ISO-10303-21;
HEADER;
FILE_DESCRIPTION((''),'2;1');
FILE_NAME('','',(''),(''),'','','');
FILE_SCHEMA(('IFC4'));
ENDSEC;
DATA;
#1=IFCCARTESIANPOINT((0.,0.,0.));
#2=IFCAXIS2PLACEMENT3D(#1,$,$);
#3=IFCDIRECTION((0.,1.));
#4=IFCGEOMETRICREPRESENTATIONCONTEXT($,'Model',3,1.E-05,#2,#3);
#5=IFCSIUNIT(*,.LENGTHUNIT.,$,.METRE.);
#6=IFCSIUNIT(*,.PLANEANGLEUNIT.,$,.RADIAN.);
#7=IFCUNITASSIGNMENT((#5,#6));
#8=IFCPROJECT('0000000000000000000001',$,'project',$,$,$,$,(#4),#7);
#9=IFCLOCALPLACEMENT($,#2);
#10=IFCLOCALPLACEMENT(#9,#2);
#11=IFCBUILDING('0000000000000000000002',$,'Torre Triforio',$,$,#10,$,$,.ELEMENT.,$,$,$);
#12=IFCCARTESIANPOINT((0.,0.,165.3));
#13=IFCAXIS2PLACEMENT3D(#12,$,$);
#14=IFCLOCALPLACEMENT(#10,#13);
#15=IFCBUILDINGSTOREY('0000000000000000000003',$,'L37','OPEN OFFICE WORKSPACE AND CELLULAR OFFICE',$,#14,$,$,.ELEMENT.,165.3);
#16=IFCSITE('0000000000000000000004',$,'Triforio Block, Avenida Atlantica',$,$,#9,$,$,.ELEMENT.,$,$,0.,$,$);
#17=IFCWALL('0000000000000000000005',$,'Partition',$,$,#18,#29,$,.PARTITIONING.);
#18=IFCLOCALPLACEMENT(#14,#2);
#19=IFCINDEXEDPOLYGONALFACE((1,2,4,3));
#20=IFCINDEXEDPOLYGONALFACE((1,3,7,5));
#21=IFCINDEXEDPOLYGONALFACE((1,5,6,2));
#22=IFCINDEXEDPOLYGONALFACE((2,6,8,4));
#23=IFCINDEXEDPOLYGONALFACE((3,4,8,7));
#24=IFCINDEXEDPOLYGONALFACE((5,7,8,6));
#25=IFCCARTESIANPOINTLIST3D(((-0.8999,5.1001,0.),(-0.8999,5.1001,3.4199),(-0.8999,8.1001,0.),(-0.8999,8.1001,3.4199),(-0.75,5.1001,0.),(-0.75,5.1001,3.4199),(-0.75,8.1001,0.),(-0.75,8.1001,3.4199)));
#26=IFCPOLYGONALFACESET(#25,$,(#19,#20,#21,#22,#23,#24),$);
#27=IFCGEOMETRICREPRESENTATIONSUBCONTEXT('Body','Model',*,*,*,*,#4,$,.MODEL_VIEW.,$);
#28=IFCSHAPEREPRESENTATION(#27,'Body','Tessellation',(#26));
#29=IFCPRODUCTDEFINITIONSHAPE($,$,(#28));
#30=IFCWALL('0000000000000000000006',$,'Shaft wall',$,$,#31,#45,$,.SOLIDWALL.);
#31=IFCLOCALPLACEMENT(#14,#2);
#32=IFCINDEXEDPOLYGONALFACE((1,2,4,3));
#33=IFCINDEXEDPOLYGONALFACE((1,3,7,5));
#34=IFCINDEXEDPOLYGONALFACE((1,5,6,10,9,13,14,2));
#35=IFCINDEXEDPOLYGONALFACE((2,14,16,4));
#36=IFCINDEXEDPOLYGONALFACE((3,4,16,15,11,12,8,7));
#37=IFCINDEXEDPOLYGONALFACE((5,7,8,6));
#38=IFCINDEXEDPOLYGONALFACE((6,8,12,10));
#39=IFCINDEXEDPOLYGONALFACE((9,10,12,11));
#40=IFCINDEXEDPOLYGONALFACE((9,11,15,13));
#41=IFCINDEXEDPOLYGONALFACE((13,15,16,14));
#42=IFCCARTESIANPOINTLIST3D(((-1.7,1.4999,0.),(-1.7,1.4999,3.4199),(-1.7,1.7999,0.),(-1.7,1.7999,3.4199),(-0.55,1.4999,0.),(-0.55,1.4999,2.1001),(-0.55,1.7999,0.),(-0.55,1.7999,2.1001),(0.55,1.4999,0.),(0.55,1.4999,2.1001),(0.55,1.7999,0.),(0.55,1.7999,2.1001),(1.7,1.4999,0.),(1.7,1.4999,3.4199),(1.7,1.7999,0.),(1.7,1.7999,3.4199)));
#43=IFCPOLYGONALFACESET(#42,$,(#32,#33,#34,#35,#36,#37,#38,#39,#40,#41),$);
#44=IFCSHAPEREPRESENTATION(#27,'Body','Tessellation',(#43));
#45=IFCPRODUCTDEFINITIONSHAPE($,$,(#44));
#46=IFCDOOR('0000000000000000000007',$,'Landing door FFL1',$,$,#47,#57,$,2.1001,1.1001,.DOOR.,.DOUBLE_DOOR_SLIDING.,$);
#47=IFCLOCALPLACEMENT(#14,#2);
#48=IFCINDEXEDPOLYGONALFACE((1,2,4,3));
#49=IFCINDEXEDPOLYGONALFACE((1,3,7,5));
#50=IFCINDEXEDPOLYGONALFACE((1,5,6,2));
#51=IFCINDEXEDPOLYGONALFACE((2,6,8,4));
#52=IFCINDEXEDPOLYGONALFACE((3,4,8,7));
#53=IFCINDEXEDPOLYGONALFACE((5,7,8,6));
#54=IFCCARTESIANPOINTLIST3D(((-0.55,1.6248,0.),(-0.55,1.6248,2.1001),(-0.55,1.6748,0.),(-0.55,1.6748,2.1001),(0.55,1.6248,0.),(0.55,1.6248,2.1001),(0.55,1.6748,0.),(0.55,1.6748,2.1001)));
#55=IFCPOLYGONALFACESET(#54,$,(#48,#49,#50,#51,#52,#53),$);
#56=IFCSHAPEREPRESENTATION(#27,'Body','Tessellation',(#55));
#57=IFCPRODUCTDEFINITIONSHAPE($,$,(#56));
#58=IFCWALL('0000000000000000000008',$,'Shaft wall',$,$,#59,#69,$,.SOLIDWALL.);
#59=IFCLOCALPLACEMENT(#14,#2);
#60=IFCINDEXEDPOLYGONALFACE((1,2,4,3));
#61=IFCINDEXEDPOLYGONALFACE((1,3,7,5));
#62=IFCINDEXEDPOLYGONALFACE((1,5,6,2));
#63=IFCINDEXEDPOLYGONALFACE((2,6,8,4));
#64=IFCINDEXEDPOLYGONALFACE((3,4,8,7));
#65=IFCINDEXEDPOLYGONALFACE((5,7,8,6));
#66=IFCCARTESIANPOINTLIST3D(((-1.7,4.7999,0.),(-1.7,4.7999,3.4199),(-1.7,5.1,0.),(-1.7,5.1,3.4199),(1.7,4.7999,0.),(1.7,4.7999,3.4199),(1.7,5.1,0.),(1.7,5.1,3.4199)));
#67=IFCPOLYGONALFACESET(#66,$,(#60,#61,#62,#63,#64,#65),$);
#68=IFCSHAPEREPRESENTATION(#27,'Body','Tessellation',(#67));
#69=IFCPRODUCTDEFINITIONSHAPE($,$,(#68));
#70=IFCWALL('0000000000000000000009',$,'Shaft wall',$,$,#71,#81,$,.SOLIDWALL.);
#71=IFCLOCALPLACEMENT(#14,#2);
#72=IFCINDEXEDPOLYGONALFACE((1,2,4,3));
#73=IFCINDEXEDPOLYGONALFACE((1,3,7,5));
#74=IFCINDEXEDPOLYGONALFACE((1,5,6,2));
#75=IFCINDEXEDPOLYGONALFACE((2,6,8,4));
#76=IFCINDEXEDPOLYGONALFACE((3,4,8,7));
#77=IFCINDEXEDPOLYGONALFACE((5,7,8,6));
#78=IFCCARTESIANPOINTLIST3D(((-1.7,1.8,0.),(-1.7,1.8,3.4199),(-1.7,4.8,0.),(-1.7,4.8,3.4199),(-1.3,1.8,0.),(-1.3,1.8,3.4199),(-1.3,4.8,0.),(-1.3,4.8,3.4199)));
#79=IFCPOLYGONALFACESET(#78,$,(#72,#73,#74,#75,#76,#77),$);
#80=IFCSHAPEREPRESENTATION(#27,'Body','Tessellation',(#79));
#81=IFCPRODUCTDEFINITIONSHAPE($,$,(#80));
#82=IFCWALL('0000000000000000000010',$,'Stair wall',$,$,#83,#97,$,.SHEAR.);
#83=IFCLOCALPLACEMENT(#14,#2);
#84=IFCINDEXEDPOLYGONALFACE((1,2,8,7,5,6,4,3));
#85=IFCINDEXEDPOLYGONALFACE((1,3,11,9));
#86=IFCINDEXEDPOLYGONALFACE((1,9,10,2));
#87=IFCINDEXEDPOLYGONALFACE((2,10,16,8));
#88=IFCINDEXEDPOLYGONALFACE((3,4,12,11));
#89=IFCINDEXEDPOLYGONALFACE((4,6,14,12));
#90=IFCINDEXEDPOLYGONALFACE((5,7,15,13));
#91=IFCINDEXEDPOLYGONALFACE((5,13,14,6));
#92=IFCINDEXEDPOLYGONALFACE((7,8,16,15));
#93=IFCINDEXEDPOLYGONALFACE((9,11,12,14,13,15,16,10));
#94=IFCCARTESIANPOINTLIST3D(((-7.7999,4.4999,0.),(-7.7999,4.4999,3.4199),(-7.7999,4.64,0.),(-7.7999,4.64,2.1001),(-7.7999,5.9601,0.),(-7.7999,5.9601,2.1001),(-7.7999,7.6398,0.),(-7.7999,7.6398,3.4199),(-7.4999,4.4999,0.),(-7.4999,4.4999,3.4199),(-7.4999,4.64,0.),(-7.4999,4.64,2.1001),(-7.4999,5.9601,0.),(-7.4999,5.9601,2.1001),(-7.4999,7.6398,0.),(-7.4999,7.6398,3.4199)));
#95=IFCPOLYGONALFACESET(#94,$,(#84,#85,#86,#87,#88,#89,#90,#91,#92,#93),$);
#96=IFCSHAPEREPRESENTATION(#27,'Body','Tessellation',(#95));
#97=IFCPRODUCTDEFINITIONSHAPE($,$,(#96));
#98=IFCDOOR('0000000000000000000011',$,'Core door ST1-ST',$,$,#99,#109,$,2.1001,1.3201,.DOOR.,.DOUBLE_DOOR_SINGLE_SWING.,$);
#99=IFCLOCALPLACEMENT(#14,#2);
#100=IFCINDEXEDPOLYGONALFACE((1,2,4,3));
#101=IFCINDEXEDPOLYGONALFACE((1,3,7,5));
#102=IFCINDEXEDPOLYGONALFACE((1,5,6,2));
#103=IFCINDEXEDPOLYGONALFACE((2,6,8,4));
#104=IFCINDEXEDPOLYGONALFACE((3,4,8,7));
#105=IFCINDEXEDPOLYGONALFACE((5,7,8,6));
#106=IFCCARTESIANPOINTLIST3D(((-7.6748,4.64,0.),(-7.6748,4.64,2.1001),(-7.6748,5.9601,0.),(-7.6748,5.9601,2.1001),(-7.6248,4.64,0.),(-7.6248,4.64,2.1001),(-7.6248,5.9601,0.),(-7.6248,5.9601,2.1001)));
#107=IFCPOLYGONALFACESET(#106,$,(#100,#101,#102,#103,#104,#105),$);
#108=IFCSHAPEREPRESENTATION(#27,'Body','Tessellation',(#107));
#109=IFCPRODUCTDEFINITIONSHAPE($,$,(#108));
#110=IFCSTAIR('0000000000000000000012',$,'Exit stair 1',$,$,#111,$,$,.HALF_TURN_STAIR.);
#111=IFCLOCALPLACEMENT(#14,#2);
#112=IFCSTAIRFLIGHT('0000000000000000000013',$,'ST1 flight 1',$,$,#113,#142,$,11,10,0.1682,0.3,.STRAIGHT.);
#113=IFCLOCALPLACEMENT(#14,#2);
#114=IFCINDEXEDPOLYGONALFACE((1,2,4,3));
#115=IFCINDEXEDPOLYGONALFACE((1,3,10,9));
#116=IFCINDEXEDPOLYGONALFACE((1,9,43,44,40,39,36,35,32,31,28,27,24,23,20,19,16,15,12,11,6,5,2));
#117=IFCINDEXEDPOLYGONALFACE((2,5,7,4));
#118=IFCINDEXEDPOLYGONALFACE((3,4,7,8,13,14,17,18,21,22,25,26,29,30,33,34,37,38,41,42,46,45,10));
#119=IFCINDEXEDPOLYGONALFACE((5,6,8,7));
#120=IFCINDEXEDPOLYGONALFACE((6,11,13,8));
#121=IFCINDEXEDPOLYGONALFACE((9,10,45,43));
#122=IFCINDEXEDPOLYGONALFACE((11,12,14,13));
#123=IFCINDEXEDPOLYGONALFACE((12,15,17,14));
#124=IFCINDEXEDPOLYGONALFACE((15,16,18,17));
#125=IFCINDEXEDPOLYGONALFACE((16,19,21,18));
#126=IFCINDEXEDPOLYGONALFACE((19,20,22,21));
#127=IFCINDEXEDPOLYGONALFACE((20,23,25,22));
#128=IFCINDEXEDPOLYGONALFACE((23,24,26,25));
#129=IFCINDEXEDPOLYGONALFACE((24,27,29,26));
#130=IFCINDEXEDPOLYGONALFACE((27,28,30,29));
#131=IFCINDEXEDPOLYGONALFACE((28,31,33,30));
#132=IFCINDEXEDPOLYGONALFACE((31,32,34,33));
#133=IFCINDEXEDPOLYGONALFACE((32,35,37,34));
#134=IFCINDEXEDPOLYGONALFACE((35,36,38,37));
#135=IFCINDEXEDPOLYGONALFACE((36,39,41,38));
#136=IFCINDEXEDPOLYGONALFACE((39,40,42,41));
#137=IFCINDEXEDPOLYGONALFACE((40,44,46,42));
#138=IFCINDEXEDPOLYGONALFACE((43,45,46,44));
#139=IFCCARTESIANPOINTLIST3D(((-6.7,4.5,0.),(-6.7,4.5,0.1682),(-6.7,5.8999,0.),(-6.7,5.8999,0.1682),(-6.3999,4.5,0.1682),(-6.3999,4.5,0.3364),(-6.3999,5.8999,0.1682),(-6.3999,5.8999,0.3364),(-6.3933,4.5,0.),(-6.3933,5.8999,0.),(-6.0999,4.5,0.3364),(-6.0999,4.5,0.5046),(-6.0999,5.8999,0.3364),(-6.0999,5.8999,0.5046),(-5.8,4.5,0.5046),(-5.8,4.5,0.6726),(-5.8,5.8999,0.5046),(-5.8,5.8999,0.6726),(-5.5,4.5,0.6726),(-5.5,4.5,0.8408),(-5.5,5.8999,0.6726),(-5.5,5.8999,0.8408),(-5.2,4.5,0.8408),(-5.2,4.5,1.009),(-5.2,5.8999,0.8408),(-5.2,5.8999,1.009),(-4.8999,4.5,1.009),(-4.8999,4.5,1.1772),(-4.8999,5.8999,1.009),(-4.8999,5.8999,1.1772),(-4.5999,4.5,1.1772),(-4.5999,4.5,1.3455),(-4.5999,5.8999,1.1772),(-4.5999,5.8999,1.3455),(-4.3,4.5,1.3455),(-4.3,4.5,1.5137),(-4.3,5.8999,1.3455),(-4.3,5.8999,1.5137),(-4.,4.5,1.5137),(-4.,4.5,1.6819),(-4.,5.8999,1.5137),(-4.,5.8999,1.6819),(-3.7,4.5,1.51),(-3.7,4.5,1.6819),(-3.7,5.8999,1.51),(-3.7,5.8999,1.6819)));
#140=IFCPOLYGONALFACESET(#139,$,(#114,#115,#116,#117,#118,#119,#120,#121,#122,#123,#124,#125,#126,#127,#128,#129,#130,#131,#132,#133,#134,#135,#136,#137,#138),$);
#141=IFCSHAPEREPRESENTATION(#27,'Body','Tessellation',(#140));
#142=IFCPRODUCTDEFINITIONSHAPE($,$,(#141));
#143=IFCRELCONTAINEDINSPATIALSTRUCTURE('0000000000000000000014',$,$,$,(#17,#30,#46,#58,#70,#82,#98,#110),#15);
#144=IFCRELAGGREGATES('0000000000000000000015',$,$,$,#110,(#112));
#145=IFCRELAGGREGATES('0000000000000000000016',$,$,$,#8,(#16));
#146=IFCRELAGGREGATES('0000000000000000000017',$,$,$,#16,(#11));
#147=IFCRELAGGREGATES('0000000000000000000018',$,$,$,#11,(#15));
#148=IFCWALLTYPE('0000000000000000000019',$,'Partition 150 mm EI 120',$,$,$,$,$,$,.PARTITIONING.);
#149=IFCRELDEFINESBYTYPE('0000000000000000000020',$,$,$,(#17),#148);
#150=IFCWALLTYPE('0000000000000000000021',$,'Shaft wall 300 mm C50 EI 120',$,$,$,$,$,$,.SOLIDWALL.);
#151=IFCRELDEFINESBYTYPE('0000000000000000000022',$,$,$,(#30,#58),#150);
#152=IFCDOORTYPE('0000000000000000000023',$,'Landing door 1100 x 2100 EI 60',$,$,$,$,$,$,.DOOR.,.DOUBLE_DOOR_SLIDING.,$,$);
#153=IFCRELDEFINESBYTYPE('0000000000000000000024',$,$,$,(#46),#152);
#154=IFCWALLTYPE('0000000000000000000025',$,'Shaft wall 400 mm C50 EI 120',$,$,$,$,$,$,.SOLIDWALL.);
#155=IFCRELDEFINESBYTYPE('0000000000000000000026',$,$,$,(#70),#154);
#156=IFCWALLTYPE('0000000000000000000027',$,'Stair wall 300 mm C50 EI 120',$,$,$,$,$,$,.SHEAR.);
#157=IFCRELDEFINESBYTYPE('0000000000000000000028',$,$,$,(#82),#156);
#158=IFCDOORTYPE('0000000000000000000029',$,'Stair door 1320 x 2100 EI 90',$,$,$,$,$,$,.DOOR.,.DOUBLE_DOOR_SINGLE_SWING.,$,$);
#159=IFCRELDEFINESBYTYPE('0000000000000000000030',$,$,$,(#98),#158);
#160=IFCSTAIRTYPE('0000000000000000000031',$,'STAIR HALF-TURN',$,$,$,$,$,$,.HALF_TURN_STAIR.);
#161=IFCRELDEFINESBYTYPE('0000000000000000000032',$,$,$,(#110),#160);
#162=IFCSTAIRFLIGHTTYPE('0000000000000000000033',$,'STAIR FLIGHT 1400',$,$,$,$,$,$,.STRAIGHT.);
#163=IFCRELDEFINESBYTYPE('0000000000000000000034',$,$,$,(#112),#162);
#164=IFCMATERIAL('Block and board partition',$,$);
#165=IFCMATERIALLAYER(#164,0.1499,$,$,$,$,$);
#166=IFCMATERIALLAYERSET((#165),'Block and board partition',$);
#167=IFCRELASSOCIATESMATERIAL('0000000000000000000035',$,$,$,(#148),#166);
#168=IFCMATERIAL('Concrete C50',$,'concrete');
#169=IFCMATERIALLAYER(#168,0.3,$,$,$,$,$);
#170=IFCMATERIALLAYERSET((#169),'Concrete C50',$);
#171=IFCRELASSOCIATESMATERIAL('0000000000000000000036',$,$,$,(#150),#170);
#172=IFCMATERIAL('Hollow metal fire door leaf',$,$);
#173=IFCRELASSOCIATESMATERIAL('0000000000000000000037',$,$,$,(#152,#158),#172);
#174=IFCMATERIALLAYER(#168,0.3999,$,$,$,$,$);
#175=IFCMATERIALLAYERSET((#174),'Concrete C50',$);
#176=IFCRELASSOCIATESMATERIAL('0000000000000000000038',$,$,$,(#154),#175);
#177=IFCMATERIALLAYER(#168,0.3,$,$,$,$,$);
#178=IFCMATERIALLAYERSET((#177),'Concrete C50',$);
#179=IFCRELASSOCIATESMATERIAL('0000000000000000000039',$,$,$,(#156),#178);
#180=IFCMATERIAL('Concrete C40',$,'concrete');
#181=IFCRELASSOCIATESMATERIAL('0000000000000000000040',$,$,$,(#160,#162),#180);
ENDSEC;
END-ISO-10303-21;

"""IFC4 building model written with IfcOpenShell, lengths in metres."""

from ifc_helpers import new_model, si_unit, direction, frame, frame_2d, origin, place, context, subcontext, project, spatial, polyline, rectangle, outline, extrude, material, layer, layer_set, type_object, element, fill, aggregate, save


model = new_model("IFC4")

# Units and contexts
model_context = context("Model", 3, precision=1e-05, world=origin(), true_north=direction((0.0, 1.0)))
body_context = subcontext(model_context, "Body", "Model", "MODEL_VIEW")
ifc_project = project(units=[si_unit("LENGTHUNIT", "METRE"), si_unit("PLANEANGLEUNIT", "RADIAN")], contexts=[model_context])

# Site, building, storey
site_placement = place(None, origin())
site = spatial("IfcSite", under=ifc_project, at=site_placement, Name="Triforio Block, Avenida Atlantica", CompositionType="ELEMENT", RefElevation=0.0)
building_placement = place(site_placement, origin())
building = spatial("IfcBuilding", under=site, at=building_placement, Name="Torre Triforio", CompositionType="ELEMENT")
storey_placement = place(building_placement, frame((0.0, 0.0, 165.3)))
storey = spatial("IfcBuildingStorey", under=building, at=storey_placement, Name="L37", Description="OPEN OFFICE WORKSPACE AND CELLULAR OFFICE", CompositionType="ELEMENT", Elevation=165.3)

# Shared definitions
ifc_material_1 = material(Name="Concrete C40", Category="concrete")

# Wall
ifc_material_2 = material(Name="Concrete C50", Category="concrete")
ifc_material_3 = material(Name="Block and board partition")
ifc_layer_1 = layer(ifc_material_3, 0.1499)
ifc_layer_set_1 = layer_set([ifc_layer_1], Name="Block and board partition")
wall_type_1 = type_object("IfcWallType", Name="Partition 150 mm EI 120", PredefinedType="PARTITIONING", material=ifc_layer_set_1)
wall_1_placement = place(storey_placement, frame((-0.825, 5.1001, 0.0), z_axis=(0.0, 0.0, 1.0), x_axis=(0.0, 1.0, 0.0)))
element("IfcWall", 1, at=wall_1_placement, inside=storey, type_object=wall_type_1, Name="Partition", PredefinedType="PARTITIONING", context=body_context, shape_type="SweptSolid", body=[
    extrude(rectangle(XDim=3.0, YDim=0.1499, at=frame_2d((1.5, 0.0))), origin(), (0.0, 0.0, 1.0), 3.4199),
])

# Wall, opening, door
ifc_layer_2 = layer(ifc_material_2, 0.3)
ifc_layer_set_2 = layer_set([ifc_layer_2], Name="Concrete C50")
wall_type_2 = type_object("IfcWallType", Name="Shaft wall 300 mm C50 EI 120", PredefinedType="SOLIDWALL", material=ifc_layer_set_2)
wall_2_placement = place(storey_placement, frame((-1.7, 1.6499, 0.0), z_axis=(0.0, 0.0, 1.0), x_axis=(1.0, 0.0, 0.0)))
wall_2 = element("IfcWall", 2, at=wall_2_placement, inside=storey, type_object=wall_type_2, Name="Shaft wall", PredefinedType="SOLIDWALL", context=body_context, shape_type="SweptSolid", body=[
    extrude(rectangle(XDim=3.3999, YDim=0.3, at=frame_2d((1.7, 0.0))), origin(), (0.0, 0.0, 1.0), 3.4199),
])
opening_1_placement = place(wall_2_placement, frame((1.1499, 0.0, 0.0)))
opening_1 = element("IfcOpeningElement", 3, at=opening_1_placement, cuts=wall_2, PredefinedType="OPENING", context=body_context, shape_type="SweptSolid", body=[
    extrude(rectangle(XDim=1.1001, YDim=2.1001, at=frame_2d((0.55, 1.05))), frame((0.0, 0.1599, 0.0), z_axis=(0.0, -1.0, 0.0), x_axis=(1.0, 0.0, 0.0)), (0.0, 0.0, 1.0), 0.3201),
])
ifc_material_4 = material(Name="Hollow metal fire door leaf")
door_type_1 = type_object("IfcDoorType", Name="Landing door 1100 x 2100 EI 60", OperationType="DOUBLE_DOOR_SLIDING", PredefinedType="DOOR", material=ifc_material_4)
door_1_placement = place(opening_1_placement, origin())
door_1 = element("IfcDoor", 4, at=door_1_placement, inside=storey, type_object=door_type_1, Name="Landing door FFL1", OperationType="DOUBLE_DOOR_SLIDING", OverallHeight=2.1001, OverallWidth=1.1001, PredefinedType="DOOR", context=body_context, shape_type="SweptSolid", body=[
    extrude(rectangle(XDim=1.1001, YDim=2.1001, at=frame_2d((0.55, 1.05))), frame((0.0, 0.0249, 0.0), z_axis=(0.0, -1.0, 0.0), x_axis=(1.0, 0.0, 0.0)), (0.0, 0.0, 1.0), 0.05),
])
fill(opening_1, door_1)

# Walls
wall_3_placement = place(storey_placement, frame((-1.7, 4.95, 0.0), z_axis=(0.0, 0.0, 1.0), x_axis=(1.0, 0.0, 0.0)))
element("IfcWall", 5, at=wall_3_placement, inside=storey, type_object=wall_type_2, Name="Shaft wall", PredefinedType="SOLIDWALL", context=body_context, shape_type="SweptSolid", body=[
    extrude(rectangle(XDim=3.3999, YDim=0.3, at=frame_2d((1.7, 0.0))), origin(), (0.0, 0.0, 1.0), 3.4199),
])
ifc_layer_3 = layer(ifc_material_2, 0.3999)
ifc_layer_set_3 = layer_set([ifc_layer_3], Name="Concrete C50")
wall_type_3 = type_object("IfcWallType", Name="Shaft wall 400 mm C50 EI 120", PredefinedType="SOLIDWALL", material=ifc_layer_set_3)
wall_4_placement = place(storey_placement, frame((-1.5, 1.8, 0.0), z_axis=(0.0, 0.0, 1.0), x_axis=(0.0, 1.0, 0.0)))
element("IfcWall", 6, at=wall_4_placement, inside=storey, type_object=wall_type_3, Name="Shaft wall", PredefinedType="SOLIDWALL", context=body_context, shape_type="SweptSolid", body=[
    extrude(rectangle(XDim=3.0, YDim=0.3999, at=frame_2d((1.5, 0.0))), origin(), (0.0, 0.0, 1.0), 3.4199),
])

# Wall, opening, door
ifc_layer_4 = layer(ifc_material_2, 0.3)
ifc_layer_set_4 = layer_set([ifc_layer_4], Name="Concrete C50")
wall_type_4 = type_object("IfcWallType", Name="Stair wall 300 mm C50 EI 120", PredefinedType="SHEAR", material=ifc_layer_set_4)
wall_5_placement = place(storey_placement, frame((-7.6499, 4.5, 0.0), z_axis=(0.0, 0.0, 1.0), x_axis=(0.0, 1.0, 0.0)))
wall_5 = element("IfcWall", 7, at=wall_5_placement, inside=storey, type_object=wall_type_4, Name="Stair wall", PredefinedType="SHEAR", context=body_context, shape_type="SweptSolid", body=[
    extrude(rectangle(XDim=3.1399, YDim=0.3, at=frame_2d((1.5698, 0.0))), origin(), (0.0, 0.0, 1.0), 3.4199),
])
opening_2_placement = place(wall_5_placement, frame((0.1399, 0.0, 0.0)))
opening_2 = element("IfcOpeningElement", 8, at=opening_2_placement, cuts=wall_5, PredefinedType="OPENING", context=body_context, shape_type="SweptSolid", body=[
    extrude(rectangle(XDim=1.3201, YDim=2.1001, at=frame_2d((0.6602, 1.05))), frame((0.0, 0.1599, 0.0), z_axis=(0.0, -1.0, 0.0), x_axis=(1.0, 0.0, 0.0)), (0.0, 0.0, 1.0), 0.3201),
])
door_type_2 = type_object("IfcDoorType", Name="Stair door 1320 x 2100 EI 90", OperationType="DOUBLE_DOOR_SINGLE_SWING", PredefinedType="DOOR", material=ifc_material_4)
door_2_placement = place(opening_2_placement, origin())
door_2 = element("IfcDoor", 9, at=door_2_placement, inside=storey, type_object=door_type_2, Name="Core door ST1-ST", OperationType="DOUBLE_DOOR_SINGLE_SWING", OverallHeight=2.1001, OverallWidth=1.3201, PredefinedType="DOOR", context=body_context, shape_type="SweptSolid", body=[
    extrude(rectangle(XDim=1.3201, YDim=2.1001, at=frame_2d((0.6602, 1.05))), frame((0.0, 0.0249, 0.0), z_axis=(0.0, -1.0, 0.0), x_axis=(1.0, 0.0, 0.0)), (0.0, 0.0, 1.0), 0.05),
])
fill(opening_2, door_2)

# Stair, stair flight
stair_type = type_object("IfcStairType", Name="STAIR HALF-TURN", PredefinedType="HALF_TURN_STAIR", material=ifc_material_1)
stair_placement = place(storey_placement, origin())
stair = element("IfcStair", 10, at=stair_placement, inside=storey, type_object=stair_type, Name="Exit stair 1", PredefinedType="HALF_TURN_STAIR")
stair_flight_type = type_object("IfcStairFlightType", Name="STAIR FLIGHT 1400", PredefinedType="STRAIGHT", material=ifc_material_1)
stair_flight_placement = place(storey_placement, frame((-6.7, 5.2, 0.0), z_axis=(0.0, 0.0, 1.0), x_axis=(1.0, 0.0, 0.0)))
stair_flight = element("IfcStairFlight", 11, at=stair_flight_placement, type_object=stair_flight_type, Name="ST1 flight 1", NumberOfRisers=11, NumberOfTreads=10, PredefinedType="STRAIGHT", RiserHeight=0.1682, TreadLength=0.3, context=body_context, shape_type="SweptSolid", body=[
    extrude(outline(polyline([(0.0, 0.0), (0.0, 0.1682), (0.3, 0.1682), (0.3, 0.3364), (0.6001, 0.3364), (0.6001, 0.5046), (0.8999, 0.5046), (0.8999, 0.6726), (1.2, 0.6726), (1.2, 0.8408), (1.5, 0.8408), (1.5, 1.009), (1.8, 1.009), (1.8, 1.1772), (2.1001, 1.1772), (2.1001, 1.3455), (2.3999, 1.3455), (2.3999, 1.5137), (2.7, 1.5137), (2.7, 1.6819), (3.0, 1.6819), (3.0, 1.8501), (3.0, 1.51), (0.3066, 0.0), (0.0, 0.0)])), frame((0.0, 0.7, 0.0), z_axis=(0.0, -1.0, 0.0), x_axis=(1.0, 0.0, 0.0)), (0.0, 0.0, 1.0), 1.3999),
])
aggregate(stair, [stair_flight])

save(model, "model.ifc")
